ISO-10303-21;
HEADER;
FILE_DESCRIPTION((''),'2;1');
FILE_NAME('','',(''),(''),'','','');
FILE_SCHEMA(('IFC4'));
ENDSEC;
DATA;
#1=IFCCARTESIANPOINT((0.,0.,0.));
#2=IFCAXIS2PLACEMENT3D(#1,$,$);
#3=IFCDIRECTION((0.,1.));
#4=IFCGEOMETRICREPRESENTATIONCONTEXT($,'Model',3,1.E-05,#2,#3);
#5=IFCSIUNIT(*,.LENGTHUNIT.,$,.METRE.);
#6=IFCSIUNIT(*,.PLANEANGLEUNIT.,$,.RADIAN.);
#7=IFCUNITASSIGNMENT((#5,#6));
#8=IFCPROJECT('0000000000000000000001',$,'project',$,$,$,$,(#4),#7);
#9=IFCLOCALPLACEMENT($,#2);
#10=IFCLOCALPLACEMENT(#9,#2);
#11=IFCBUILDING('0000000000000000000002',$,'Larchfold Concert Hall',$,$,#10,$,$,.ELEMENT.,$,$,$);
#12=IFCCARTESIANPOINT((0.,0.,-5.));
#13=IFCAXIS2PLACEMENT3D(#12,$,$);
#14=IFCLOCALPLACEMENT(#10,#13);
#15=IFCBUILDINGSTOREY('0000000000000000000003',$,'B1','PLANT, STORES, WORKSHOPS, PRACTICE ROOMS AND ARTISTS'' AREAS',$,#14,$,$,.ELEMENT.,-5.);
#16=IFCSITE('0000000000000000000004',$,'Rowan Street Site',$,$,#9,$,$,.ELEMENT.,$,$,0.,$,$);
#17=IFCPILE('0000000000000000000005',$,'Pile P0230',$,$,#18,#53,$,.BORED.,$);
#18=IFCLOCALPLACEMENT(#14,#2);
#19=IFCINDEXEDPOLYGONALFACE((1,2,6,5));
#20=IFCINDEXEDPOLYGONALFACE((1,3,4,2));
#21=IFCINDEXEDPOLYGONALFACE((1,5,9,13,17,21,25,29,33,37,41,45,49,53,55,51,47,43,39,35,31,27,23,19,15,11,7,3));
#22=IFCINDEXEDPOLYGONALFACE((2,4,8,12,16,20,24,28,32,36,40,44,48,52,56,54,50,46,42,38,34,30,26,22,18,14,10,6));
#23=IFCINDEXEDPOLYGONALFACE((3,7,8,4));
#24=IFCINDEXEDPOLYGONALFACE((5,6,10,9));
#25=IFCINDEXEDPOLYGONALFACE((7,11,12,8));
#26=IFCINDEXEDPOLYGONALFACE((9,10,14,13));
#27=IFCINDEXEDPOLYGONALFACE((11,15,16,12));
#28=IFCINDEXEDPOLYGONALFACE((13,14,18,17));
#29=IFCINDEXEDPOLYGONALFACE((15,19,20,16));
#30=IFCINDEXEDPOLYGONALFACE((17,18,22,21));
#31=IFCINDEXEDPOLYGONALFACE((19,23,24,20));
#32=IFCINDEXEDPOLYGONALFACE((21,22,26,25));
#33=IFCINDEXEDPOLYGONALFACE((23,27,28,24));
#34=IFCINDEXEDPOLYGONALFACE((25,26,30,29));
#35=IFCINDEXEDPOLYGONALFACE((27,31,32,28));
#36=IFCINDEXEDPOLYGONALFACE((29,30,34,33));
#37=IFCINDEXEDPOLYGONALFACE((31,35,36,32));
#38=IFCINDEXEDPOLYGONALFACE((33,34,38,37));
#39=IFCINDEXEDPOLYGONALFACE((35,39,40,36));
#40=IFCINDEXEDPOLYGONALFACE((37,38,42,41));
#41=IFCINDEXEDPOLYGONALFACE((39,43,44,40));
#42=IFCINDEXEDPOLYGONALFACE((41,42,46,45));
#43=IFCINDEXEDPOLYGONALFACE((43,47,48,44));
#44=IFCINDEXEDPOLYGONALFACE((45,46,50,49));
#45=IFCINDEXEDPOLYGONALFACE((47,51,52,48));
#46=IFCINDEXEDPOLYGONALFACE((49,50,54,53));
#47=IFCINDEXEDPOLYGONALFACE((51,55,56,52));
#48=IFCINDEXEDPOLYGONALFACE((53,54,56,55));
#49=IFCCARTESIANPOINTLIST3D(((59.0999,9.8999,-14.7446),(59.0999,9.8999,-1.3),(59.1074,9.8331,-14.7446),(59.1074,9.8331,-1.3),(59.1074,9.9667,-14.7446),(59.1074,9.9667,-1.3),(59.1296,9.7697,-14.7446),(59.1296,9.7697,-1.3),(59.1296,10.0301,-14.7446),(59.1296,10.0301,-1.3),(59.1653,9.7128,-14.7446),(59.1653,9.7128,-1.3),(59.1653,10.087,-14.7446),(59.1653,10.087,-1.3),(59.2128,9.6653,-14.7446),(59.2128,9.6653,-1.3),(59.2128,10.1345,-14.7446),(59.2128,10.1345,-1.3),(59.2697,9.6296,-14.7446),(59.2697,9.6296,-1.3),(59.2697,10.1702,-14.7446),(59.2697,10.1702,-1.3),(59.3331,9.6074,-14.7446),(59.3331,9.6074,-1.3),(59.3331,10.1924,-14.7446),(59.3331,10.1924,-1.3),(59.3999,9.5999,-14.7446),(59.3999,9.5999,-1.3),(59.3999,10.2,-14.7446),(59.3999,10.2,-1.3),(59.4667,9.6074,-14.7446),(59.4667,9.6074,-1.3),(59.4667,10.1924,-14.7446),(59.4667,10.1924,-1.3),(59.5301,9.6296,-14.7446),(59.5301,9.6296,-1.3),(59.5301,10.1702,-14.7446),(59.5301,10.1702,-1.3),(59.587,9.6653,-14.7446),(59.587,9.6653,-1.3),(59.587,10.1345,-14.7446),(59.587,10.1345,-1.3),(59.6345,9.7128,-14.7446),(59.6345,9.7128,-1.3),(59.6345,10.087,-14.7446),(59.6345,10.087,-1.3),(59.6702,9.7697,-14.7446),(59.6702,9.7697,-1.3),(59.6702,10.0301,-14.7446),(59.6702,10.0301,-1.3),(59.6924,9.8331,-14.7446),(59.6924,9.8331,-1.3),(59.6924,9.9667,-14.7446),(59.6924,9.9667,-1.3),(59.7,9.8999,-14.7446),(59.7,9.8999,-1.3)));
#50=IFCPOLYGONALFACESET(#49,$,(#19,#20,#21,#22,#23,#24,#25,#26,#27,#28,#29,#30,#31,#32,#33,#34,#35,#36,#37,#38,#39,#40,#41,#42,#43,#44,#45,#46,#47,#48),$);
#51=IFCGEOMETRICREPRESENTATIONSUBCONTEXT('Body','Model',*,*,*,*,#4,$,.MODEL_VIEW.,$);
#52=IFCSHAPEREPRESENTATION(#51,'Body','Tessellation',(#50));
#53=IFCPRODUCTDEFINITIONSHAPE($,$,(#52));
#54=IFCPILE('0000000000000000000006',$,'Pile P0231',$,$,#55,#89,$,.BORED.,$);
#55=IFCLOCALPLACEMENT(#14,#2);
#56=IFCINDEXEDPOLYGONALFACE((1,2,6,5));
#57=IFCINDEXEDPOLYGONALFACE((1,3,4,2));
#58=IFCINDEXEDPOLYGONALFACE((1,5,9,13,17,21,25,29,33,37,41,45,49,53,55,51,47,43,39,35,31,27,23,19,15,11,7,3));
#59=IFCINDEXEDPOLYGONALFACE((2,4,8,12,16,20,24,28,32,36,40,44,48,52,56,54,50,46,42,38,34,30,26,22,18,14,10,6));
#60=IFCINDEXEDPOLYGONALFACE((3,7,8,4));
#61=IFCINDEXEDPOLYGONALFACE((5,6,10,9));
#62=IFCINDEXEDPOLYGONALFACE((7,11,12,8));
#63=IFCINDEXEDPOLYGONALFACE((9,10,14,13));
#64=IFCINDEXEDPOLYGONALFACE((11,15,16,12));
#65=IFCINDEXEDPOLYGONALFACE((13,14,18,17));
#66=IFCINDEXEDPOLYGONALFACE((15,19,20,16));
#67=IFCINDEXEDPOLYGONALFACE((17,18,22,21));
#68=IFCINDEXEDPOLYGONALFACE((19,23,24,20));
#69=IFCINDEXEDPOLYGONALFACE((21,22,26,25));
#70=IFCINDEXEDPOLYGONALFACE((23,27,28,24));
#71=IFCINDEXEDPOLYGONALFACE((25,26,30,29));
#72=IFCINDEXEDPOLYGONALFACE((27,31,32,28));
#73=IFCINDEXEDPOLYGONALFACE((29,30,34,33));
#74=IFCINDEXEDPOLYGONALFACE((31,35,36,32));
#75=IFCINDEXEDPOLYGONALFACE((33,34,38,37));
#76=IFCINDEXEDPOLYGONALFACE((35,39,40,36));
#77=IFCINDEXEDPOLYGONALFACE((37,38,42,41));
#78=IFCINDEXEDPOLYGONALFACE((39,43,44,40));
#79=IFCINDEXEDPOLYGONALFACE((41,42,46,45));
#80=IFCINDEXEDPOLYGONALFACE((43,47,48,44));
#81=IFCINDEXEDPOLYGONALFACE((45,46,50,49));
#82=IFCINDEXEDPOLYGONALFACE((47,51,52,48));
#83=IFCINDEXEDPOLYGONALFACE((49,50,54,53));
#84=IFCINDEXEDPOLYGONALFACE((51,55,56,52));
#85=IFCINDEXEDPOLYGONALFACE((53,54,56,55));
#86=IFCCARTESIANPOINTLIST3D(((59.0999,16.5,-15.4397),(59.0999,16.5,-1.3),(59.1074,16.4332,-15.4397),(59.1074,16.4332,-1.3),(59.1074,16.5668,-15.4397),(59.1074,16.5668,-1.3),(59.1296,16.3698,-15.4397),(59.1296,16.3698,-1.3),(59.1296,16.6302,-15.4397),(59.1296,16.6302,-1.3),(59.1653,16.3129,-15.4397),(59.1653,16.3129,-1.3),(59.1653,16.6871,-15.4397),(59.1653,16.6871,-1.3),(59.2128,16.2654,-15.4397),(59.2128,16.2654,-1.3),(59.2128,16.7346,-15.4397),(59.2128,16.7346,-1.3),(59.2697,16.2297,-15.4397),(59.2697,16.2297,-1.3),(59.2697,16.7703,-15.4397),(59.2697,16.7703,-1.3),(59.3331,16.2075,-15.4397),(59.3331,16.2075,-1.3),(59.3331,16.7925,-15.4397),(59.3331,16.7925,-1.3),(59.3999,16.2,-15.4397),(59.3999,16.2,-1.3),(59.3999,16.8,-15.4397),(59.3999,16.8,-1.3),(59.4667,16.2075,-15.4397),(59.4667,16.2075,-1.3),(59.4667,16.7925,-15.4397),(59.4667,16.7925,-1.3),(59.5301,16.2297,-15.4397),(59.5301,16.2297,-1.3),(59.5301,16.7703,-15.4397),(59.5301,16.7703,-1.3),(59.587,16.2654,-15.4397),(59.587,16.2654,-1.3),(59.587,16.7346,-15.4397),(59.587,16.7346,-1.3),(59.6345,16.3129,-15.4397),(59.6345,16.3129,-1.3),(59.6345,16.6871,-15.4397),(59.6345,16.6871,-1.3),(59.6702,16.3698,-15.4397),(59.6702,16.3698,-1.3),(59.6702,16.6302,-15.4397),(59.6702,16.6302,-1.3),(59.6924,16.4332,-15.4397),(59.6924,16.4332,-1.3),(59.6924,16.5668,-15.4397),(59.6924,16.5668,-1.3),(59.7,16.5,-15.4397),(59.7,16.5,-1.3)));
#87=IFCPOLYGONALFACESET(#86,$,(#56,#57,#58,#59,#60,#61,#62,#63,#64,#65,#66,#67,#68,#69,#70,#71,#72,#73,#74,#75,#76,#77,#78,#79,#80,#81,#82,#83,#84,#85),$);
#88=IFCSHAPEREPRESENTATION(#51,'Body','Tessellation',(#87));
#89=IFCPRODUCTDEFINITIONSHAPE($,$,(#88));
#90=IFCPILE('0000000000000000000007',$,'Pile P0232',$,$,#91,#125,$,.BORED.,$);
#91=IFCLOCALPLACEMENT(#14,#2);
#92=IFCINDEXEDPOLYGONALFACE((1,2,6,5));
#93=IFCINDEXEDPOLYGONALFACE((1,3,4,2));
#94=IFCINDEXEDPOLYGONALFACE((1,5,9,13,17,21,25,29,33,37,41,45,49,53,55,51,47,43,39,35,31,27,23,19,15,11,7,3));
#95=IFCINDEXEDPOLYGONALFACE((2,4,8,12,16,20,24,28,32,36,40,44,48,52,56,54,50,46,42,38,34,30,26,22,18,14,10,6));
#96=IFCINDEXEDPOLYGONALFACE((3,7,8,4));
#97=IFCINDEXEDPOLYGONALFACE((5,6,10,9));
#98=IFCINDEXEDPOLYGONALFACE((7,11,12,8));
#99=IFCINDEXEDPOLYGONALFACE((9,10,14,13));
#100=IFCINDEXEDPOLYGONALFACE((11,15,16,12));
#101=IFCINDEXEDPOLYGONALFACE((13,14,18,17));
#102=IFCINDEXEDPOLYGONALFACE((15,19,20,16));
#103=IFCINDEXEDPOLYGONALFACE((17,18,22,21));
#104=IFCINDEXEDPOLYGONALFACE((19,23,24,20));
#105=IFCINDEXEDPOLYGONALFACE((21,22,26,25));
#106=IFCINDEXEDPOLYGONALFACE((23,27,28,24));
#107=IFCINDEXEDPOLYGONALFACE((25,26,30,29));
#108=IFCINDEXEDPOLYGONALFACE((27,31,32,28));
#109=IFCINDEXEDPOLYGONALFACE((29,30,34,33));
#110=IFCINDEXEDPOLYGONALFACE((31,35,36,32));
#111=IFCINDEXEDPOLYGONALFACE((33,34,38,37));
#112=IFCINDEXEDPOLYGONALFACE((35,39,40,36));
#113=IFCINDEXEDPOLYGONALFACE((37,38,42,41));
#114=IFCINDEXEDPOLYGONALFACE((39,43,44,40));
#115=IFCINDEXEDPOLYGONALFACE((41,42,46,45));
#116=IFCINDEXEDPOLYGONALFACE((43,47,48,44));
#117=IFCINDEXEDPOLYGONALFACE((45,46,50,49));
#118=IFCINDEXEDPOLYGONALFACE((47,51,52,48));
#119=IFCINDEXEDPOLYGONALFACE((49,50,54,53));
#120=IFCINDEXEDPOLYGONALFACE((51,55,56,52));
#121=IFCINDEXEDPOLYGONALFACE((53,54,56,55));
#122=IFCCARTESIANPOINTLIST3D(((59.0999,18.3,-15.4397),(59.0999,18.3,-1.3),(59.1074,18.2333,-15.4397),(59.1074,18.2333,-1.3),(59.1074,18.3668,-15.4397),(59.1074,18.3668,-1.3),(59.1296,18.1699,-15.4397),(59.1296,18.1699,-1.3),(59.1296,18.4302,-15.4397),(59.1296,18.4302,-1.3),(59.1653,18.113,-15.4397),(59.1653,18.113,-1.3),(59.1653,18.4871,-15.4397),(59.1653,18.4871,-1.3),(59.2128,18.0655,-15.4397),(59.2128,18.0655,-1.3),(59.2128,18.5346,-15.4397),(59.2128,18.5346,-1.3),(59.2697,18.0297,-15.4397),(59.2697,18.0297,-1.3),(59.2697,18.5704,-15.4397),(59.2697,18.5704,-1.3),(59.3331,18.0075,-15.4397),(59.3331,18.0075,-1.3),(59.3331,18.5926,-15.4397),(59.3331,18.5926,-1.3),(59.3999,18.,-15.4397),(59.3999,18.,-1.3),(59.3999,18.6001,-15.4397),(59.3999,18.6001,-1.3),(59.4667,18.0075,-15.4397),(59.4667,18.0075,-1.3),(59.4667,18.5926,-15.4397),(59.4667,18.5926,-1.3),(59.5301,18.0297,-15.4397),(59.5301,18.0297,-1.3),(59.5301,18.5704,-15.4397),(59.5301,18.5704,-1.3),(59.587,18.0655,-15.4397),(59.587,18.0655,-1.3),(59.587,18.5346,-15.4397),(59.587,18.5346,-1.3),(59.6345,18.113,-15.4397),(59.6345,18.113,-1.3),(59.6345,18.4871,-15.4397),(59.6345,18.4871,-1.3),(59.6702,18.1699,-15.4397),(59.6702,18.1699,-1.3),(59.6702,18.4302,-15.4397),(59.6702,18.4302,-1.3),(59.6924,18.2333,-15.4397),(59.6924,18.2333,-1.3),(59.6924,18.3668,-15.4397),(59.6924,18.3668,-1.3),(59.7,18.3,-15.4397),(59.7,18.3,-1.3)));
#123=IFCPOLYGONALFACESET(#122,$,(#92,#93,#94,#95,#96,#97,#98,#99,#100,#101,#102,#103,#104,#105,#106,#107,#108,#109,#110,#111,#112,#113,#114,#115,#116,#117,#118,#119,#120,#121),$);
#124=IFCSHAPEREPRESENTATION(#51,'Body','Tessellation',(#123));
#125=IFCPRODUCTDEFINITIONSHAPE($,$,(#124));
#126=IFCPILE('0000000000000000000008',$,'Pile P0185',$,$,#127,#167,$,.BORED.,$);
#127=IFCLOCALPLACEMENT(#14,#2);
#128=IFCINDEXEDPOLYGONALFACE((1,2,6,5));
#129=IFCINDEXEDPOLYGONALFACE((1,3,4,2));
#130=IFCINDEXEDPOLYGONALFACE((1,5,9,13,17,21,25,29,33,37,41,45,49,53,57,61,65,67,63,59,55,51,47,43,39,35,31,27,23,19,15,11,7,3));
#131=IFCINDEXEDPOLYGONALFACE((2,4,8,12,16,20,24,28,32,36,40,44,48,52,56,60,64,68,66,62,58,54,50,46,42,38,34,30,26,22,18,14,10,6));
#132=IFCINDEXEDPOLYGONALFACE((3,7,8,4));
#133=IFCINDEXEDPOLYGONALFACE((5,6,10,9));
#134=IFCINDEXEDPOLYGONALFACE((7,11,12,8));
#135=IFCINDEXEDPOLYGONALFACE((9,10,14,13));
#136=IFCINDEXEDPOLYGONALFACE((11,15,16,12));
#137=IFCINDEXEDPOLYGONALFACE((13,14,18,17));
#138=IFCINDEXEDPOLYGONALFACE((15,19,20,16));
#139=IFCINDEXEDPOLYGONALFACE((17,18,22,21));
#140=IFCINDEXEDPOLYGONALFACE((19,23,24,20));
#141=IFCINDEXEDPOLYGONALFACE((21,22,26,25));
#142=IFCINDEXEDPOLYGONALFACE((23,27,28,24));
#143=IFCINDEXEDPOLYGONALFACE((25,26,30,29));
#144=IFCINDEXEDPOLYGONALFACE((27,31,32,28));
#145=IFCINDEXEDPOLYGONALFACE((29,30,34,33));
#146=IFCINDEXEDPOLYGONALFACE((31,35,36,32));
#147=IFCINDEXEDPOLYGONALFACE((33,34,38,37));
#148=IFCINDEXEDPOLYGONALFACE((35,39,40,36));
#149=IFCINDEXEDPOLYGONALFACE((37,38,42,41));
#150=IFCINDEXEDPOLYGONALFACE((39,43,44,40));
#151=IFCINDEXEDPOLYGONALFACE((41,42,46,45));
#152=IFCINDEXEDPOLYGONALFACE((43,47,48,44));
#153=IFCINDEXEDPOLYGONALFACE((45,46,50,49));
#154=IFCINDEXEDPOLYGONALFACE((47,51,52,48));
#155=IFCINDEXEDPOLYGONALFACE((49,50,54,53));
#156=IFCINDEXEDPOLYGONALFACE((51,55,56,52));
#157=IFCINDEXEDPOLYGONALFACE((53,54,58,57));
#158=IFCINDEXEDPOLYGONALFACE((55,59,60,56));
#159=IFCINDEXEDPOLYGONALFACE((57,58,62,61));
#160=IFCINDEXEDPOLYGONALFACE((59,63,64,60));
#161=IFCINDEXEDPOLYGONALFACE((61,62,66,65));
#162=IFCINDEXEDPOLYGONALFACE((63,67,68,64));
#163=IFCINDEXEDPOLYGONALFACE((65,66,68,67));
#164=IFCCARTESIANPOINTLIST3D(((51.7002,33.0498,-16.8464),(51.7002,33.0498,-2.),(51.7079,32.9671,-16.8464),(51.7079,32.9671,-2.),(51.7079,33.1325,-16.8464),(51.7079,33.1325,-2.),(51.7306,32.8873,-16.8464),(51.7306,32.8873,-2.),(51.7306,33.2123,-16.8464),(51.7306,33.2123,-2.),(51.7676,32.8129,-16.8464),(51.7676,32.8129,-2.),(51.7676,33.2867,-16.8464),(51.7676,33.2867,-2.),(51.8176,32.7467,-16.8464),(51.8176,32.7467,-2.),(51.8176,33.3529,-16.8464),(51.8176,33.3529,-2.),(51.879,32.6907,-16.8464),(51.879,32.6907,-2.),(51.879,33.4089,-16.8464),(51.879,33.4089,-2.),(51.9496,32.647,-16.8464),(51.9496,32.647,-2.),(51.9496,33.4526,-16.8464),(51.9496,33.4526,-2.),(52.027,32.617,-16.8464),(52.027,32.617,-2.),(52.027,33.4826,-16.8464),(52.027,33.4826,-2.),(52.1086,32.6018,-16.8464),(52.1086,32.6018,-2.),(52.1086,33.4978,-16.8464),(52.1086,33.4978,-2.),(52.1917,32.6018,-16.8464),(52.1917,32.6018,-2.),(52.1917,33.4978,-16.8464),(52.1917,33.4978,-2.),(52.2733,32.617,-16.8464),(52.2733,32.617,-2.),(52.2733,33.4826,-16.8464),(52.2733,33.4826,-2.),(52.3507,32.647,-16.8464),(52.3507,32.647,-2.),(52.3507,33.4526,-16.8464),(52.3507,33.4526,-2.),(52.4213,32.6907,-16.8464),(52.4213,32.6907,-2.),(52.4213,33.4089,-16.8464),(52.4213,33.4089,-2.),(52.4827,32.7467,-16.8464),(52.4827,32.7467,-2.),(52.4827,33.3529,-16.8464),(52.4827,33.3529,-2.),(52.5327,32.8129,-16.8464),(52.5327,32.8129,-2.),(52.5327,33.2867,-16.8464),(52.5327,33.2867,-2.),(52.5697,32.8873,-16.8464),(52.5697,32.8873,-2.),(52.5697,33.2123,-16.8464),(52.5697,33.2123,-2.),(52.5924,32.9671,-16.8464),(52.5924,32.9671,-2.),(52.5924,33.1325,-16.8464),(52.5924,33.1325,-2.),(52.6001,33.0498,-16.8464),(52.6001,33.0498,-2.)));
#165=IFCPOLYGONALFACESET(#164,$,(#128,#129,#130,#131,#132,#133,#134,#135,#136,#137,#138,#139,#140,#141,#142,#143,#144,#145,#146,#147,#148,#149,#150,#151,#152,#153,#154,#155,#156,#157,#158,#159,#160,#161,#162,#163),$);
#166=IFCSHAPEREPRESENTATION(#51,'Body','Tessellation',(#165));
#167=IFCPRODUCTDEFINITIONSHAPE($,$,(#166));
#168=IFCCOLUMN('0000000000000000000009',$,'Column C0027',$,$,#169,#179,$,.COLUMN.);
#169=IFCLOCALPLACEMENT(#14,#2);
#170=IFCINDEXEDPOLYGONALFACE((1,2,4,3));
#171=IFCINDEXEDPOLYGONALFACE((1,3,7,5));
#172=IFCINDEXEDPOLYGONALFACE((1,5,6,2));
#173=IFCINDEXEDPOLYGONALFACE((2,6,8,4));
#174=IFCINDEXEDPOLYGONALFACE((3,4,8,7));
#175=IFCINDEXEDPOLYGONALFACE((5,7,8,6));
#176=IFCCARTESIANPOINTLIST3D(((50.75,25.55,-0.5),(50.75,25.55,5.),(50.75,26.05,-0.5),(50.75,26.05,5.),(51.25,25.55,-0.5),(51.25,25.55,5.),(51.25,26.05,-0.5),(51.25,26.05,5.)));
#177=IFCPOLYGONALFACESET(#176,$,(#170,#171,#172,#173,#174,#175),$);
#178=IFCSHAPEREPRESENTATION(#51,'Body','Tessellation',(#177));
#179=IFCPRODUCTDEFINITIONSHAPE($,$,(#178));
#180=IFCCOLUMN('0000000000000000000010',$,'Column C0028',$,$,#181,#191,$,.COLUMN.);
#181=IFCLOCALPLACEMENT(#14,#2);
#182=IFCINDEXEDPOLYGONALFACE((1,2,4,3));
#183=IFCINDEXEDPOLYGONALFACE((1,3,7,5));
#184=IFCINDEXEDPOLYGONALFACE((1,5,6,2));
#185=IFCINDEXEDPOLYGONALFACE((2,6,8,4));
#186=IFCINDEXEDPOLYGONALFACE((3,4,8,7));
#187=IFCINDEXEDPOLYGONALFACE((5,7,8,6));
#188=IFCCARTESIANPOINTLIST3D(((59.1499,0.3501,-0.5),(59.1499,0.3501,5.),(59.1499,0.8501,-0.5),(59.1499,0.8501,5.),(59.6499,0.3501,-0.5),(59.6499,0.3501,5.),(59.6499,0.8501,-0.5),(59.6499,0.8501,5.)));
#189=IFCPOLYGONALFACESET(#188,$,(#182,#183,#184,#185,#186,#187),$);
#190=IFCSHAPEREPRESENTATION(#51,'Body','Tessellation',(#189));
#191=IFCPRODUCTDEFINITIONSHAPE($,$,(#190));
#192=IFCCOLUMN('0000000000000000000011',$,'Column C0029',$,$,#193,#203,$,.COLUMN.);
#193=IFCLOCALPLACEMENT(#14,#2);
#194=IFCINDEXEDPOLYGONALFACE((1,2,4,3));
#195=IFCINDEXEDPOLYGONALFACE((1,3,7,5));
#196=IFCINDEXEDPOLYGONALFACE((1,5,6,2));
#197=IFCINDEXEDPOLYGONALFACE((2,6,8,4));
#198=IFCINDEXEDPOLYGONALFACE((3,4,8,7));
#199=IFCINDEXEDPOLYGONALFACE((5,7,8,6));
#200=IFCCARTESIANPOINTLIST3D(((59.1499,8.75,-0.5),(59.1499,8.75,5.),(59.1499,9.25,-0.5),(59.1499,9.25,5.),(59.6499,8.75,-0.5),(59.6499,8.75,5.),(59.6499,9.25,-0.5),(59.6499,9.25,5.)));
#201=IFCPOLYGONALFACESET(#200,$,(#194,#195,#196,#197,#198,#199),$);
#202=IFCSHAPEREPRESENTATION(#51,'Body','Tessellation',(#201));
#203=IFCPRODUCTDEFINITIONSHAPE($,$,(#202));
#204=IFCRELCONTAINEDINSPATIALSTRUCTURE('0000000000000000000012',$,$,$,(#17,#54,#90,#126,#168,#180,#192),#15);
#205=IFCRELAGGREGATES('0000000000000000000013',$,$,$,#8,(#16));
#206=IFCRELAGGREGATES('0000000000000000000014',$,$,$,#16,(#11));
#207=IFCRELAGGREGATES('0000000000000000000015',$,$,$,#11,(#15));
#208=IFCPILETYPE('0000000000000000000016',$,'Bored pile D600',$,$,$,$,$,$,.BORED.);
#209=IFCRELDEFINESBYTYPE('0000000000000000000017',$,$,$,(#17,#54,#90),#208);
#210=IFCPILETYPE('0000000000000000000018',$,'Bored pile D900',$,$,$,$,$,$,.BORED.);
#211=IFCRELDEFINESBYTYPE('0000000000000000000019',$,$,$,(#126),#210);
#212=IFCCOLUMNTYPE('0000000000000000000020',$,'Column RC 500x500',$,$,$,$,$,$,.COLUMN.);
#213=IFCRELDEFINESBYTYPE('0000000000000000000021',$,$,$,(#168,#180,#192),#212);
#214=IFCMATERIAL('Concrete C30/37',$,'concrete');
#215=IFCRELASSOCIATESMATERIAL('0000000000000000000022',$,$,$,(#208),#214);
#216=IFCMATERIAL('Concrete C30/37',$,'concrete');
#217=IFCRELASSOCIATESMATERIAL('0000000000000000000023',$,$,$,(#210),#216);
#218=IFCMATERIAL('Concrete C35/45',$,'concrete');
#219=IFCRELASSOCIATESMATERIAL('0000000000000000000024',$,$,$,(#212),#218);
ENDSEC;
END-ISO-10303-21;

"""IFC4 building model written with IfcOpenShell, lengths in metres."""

from ifc_helpers import new_model, si_unit, direction, frame, origin, origin_2d, place, context, subcontext, project, spatial, rectangle, circle, extrude, material, material_profile, profile_set, type_object, element, save


model = new_model("IFC4")

# Units and contexts
model_context = context("Model", 3, precision=1e-05, world=origin(), true_north=direction((0.0, 1.0)))
body_context = subcontext(model_context, "Body", "Model", "MODEL_VIEW")
ifc_project = project(units=[si_unit("LENGTHUNIT", "METRE"), si_unit("PLANEANGLEUNIT", "RADIAN")], contexts=[model_context])

# Site, building, storey
site_placement = place(None, origin())
site = spatial("IfcSite", under=ifc_project, at=site_placement, Name="Rowan Street Site", CompositionType="ELEMENT", RefElevation=0.0)
building_placement = place(site_placement, origin())
building = spatial("IfcBuilding", under=site, at=building_placement, Name="Larchfold Concert Hall", CompositionType="ELEMENT")
storey_placement = place(building_placement, frame((0.0, 0.0, -5.0)))
storey = spatial("IfcBuildingStorey", under=building, at=storey_placement, Name="B1", Description="PLANT, STORES, WORKSHOPS, PRACTICE ROOMS AND ARTISTS' AREAS", CompositionType="ELEMENT", Elevation=-5.0)

# Piles
ifc_material_1 = material(Name="Concrete C30/37", Category="concrete")
ifc_material_profile_1 = material_profile(ifc_material_1, circle(Radius=0.3, at=origin_2d()))
ifc_profile_set_1 = profile_set([ifc_material_profile_1], Name="Concrete C30/37")
pile_type_1 = type_object("IfcPileType", Name="Bored pile D600", PredefinedType="BORED", material=ifc_profile_set_1)
for number, where, z_axis, x_axis, name in (
    (1, (59.3999, 9.8999, -1.3), (0.0, 0.0, -1.0), (1.0, 0.0, 0.0), "Pile P0230"),
):
    element("IfcPile", number, at=place(storey_placement, frame(where, z_axis=z_axis, x_axis=x_axis)), inside=storey, type_object=pile_type_1, Name=name, PredefinedType="BORED", context=body_context, shape_type="SweptSolid", body=[
        extrude(circle(Radius=0.3, at=origin_2d()), origin(), (0.0, 0.0, 1.0), 13.4446),
    ])
for number, where, z_axis, x_axis, name in (
    (2, (59.3999, 16.5, -1.3), (0.0, 0.0, -1.0), (1.0, 0.0, 0.0), "Pile P0231"),
    (3, (59.3999, 18.3, -1.3), (0.0, 0.0, -1.0), (1.0, 0.0, 0.0), "Pile P0232"),
):
    element("IfcPile", number, at=place(storey_placement, frame(where, z_axis=z_axis, x_axis=x_axis)), inside=storey, type_object=pile_type_1, Name=name, PredefinedType="BORED", context=body_context, shape_type="SweptSolid", body=[
        extrude(circle(Radius=0.3, at=origin_2d()), origin(), (0.0, 0.0, 1.0), 14.1396),
    ])
ifc_material_2 = material(Name="Concrete C30/37", Category="concrete")
ifc_material_profile_2 = material_profile(ifc_material_2, circle(Radius=0.45, at=origin_2d()))
ifc_profile_set_2 = profile_set([ifc_material_profile_2], Name="Concrete C30/37")
pile_type_2 = type_object("IfcPileType", Name="Bored pile D900", PredefinedType="BORED", material=ifc_profile_set_2)
pile_placement = place(storey_placement, frame((52.1501, 33.0498, -2.0), z_axis=(0.0, 0.0, -1.0), x_axis=(1.0, 0.0, 0.0)))
element("IfcPile", 4, at=pile_placement, inside=storey, type_object=pile_type_2, Name="Pile P0185", PredefinedType="BORED", context=body_context, shape_type="SweptSolid", body=[
    extrude(circle(Radius=0.45, at=origin_2d()), origin(), (0.0, 0.0, 1.0), 14.8464),
])

# Columns
ifc_material_3 = material(Name="Concrete C35/45", Category="concrete")
ifc_material_profile_3 = material_profile(ifc_material_3, rectangle(XDim=0.5, YDim=0.5, at=origin_2d()))
ifc_profile_set_3 = profile_set([ifc_material_profile_3], Name="Concrete C35/45")
column_type = type_object("IfcColumnType", Name="Column RC 500x500", PredefinedType="COLUMN", material=ifc_profile_set_3)
for number, where, z_axis, x_axis, name in (
    (5, (51.0, 25.8, -0.5), (0.0, 0.0, 1.0), (1.0, 0.0, 0.0), "Column C0027"),
    (6, (59.3999, 0.6001, -0.5), (0.0, 0.0, 1.0), (1.0, 0.0, 0.0), "Column C0028"),
    (7, (59.3999, 9.0, -0.5), (0.0, 0.0, 1.0), (1.0, 0.0, 0.0), "Column C0029"),
):
    element("IfcColumn", number, at=place(storey_placement, frame(where, z_axis=z_axis, x_axis=x_axis)), inside=storey, type_object=column_type, Name=name, PredefinedType="COLUMN", context=body_context, shape_type="SweptSolid", body=[
        extrude(rectangle(XDim=0.5, YDim=0.5, at=origin_2d()), origin(), (0.0, 0.0, 1.0), 5.5),
    ])

save(model, "model.ifc")
